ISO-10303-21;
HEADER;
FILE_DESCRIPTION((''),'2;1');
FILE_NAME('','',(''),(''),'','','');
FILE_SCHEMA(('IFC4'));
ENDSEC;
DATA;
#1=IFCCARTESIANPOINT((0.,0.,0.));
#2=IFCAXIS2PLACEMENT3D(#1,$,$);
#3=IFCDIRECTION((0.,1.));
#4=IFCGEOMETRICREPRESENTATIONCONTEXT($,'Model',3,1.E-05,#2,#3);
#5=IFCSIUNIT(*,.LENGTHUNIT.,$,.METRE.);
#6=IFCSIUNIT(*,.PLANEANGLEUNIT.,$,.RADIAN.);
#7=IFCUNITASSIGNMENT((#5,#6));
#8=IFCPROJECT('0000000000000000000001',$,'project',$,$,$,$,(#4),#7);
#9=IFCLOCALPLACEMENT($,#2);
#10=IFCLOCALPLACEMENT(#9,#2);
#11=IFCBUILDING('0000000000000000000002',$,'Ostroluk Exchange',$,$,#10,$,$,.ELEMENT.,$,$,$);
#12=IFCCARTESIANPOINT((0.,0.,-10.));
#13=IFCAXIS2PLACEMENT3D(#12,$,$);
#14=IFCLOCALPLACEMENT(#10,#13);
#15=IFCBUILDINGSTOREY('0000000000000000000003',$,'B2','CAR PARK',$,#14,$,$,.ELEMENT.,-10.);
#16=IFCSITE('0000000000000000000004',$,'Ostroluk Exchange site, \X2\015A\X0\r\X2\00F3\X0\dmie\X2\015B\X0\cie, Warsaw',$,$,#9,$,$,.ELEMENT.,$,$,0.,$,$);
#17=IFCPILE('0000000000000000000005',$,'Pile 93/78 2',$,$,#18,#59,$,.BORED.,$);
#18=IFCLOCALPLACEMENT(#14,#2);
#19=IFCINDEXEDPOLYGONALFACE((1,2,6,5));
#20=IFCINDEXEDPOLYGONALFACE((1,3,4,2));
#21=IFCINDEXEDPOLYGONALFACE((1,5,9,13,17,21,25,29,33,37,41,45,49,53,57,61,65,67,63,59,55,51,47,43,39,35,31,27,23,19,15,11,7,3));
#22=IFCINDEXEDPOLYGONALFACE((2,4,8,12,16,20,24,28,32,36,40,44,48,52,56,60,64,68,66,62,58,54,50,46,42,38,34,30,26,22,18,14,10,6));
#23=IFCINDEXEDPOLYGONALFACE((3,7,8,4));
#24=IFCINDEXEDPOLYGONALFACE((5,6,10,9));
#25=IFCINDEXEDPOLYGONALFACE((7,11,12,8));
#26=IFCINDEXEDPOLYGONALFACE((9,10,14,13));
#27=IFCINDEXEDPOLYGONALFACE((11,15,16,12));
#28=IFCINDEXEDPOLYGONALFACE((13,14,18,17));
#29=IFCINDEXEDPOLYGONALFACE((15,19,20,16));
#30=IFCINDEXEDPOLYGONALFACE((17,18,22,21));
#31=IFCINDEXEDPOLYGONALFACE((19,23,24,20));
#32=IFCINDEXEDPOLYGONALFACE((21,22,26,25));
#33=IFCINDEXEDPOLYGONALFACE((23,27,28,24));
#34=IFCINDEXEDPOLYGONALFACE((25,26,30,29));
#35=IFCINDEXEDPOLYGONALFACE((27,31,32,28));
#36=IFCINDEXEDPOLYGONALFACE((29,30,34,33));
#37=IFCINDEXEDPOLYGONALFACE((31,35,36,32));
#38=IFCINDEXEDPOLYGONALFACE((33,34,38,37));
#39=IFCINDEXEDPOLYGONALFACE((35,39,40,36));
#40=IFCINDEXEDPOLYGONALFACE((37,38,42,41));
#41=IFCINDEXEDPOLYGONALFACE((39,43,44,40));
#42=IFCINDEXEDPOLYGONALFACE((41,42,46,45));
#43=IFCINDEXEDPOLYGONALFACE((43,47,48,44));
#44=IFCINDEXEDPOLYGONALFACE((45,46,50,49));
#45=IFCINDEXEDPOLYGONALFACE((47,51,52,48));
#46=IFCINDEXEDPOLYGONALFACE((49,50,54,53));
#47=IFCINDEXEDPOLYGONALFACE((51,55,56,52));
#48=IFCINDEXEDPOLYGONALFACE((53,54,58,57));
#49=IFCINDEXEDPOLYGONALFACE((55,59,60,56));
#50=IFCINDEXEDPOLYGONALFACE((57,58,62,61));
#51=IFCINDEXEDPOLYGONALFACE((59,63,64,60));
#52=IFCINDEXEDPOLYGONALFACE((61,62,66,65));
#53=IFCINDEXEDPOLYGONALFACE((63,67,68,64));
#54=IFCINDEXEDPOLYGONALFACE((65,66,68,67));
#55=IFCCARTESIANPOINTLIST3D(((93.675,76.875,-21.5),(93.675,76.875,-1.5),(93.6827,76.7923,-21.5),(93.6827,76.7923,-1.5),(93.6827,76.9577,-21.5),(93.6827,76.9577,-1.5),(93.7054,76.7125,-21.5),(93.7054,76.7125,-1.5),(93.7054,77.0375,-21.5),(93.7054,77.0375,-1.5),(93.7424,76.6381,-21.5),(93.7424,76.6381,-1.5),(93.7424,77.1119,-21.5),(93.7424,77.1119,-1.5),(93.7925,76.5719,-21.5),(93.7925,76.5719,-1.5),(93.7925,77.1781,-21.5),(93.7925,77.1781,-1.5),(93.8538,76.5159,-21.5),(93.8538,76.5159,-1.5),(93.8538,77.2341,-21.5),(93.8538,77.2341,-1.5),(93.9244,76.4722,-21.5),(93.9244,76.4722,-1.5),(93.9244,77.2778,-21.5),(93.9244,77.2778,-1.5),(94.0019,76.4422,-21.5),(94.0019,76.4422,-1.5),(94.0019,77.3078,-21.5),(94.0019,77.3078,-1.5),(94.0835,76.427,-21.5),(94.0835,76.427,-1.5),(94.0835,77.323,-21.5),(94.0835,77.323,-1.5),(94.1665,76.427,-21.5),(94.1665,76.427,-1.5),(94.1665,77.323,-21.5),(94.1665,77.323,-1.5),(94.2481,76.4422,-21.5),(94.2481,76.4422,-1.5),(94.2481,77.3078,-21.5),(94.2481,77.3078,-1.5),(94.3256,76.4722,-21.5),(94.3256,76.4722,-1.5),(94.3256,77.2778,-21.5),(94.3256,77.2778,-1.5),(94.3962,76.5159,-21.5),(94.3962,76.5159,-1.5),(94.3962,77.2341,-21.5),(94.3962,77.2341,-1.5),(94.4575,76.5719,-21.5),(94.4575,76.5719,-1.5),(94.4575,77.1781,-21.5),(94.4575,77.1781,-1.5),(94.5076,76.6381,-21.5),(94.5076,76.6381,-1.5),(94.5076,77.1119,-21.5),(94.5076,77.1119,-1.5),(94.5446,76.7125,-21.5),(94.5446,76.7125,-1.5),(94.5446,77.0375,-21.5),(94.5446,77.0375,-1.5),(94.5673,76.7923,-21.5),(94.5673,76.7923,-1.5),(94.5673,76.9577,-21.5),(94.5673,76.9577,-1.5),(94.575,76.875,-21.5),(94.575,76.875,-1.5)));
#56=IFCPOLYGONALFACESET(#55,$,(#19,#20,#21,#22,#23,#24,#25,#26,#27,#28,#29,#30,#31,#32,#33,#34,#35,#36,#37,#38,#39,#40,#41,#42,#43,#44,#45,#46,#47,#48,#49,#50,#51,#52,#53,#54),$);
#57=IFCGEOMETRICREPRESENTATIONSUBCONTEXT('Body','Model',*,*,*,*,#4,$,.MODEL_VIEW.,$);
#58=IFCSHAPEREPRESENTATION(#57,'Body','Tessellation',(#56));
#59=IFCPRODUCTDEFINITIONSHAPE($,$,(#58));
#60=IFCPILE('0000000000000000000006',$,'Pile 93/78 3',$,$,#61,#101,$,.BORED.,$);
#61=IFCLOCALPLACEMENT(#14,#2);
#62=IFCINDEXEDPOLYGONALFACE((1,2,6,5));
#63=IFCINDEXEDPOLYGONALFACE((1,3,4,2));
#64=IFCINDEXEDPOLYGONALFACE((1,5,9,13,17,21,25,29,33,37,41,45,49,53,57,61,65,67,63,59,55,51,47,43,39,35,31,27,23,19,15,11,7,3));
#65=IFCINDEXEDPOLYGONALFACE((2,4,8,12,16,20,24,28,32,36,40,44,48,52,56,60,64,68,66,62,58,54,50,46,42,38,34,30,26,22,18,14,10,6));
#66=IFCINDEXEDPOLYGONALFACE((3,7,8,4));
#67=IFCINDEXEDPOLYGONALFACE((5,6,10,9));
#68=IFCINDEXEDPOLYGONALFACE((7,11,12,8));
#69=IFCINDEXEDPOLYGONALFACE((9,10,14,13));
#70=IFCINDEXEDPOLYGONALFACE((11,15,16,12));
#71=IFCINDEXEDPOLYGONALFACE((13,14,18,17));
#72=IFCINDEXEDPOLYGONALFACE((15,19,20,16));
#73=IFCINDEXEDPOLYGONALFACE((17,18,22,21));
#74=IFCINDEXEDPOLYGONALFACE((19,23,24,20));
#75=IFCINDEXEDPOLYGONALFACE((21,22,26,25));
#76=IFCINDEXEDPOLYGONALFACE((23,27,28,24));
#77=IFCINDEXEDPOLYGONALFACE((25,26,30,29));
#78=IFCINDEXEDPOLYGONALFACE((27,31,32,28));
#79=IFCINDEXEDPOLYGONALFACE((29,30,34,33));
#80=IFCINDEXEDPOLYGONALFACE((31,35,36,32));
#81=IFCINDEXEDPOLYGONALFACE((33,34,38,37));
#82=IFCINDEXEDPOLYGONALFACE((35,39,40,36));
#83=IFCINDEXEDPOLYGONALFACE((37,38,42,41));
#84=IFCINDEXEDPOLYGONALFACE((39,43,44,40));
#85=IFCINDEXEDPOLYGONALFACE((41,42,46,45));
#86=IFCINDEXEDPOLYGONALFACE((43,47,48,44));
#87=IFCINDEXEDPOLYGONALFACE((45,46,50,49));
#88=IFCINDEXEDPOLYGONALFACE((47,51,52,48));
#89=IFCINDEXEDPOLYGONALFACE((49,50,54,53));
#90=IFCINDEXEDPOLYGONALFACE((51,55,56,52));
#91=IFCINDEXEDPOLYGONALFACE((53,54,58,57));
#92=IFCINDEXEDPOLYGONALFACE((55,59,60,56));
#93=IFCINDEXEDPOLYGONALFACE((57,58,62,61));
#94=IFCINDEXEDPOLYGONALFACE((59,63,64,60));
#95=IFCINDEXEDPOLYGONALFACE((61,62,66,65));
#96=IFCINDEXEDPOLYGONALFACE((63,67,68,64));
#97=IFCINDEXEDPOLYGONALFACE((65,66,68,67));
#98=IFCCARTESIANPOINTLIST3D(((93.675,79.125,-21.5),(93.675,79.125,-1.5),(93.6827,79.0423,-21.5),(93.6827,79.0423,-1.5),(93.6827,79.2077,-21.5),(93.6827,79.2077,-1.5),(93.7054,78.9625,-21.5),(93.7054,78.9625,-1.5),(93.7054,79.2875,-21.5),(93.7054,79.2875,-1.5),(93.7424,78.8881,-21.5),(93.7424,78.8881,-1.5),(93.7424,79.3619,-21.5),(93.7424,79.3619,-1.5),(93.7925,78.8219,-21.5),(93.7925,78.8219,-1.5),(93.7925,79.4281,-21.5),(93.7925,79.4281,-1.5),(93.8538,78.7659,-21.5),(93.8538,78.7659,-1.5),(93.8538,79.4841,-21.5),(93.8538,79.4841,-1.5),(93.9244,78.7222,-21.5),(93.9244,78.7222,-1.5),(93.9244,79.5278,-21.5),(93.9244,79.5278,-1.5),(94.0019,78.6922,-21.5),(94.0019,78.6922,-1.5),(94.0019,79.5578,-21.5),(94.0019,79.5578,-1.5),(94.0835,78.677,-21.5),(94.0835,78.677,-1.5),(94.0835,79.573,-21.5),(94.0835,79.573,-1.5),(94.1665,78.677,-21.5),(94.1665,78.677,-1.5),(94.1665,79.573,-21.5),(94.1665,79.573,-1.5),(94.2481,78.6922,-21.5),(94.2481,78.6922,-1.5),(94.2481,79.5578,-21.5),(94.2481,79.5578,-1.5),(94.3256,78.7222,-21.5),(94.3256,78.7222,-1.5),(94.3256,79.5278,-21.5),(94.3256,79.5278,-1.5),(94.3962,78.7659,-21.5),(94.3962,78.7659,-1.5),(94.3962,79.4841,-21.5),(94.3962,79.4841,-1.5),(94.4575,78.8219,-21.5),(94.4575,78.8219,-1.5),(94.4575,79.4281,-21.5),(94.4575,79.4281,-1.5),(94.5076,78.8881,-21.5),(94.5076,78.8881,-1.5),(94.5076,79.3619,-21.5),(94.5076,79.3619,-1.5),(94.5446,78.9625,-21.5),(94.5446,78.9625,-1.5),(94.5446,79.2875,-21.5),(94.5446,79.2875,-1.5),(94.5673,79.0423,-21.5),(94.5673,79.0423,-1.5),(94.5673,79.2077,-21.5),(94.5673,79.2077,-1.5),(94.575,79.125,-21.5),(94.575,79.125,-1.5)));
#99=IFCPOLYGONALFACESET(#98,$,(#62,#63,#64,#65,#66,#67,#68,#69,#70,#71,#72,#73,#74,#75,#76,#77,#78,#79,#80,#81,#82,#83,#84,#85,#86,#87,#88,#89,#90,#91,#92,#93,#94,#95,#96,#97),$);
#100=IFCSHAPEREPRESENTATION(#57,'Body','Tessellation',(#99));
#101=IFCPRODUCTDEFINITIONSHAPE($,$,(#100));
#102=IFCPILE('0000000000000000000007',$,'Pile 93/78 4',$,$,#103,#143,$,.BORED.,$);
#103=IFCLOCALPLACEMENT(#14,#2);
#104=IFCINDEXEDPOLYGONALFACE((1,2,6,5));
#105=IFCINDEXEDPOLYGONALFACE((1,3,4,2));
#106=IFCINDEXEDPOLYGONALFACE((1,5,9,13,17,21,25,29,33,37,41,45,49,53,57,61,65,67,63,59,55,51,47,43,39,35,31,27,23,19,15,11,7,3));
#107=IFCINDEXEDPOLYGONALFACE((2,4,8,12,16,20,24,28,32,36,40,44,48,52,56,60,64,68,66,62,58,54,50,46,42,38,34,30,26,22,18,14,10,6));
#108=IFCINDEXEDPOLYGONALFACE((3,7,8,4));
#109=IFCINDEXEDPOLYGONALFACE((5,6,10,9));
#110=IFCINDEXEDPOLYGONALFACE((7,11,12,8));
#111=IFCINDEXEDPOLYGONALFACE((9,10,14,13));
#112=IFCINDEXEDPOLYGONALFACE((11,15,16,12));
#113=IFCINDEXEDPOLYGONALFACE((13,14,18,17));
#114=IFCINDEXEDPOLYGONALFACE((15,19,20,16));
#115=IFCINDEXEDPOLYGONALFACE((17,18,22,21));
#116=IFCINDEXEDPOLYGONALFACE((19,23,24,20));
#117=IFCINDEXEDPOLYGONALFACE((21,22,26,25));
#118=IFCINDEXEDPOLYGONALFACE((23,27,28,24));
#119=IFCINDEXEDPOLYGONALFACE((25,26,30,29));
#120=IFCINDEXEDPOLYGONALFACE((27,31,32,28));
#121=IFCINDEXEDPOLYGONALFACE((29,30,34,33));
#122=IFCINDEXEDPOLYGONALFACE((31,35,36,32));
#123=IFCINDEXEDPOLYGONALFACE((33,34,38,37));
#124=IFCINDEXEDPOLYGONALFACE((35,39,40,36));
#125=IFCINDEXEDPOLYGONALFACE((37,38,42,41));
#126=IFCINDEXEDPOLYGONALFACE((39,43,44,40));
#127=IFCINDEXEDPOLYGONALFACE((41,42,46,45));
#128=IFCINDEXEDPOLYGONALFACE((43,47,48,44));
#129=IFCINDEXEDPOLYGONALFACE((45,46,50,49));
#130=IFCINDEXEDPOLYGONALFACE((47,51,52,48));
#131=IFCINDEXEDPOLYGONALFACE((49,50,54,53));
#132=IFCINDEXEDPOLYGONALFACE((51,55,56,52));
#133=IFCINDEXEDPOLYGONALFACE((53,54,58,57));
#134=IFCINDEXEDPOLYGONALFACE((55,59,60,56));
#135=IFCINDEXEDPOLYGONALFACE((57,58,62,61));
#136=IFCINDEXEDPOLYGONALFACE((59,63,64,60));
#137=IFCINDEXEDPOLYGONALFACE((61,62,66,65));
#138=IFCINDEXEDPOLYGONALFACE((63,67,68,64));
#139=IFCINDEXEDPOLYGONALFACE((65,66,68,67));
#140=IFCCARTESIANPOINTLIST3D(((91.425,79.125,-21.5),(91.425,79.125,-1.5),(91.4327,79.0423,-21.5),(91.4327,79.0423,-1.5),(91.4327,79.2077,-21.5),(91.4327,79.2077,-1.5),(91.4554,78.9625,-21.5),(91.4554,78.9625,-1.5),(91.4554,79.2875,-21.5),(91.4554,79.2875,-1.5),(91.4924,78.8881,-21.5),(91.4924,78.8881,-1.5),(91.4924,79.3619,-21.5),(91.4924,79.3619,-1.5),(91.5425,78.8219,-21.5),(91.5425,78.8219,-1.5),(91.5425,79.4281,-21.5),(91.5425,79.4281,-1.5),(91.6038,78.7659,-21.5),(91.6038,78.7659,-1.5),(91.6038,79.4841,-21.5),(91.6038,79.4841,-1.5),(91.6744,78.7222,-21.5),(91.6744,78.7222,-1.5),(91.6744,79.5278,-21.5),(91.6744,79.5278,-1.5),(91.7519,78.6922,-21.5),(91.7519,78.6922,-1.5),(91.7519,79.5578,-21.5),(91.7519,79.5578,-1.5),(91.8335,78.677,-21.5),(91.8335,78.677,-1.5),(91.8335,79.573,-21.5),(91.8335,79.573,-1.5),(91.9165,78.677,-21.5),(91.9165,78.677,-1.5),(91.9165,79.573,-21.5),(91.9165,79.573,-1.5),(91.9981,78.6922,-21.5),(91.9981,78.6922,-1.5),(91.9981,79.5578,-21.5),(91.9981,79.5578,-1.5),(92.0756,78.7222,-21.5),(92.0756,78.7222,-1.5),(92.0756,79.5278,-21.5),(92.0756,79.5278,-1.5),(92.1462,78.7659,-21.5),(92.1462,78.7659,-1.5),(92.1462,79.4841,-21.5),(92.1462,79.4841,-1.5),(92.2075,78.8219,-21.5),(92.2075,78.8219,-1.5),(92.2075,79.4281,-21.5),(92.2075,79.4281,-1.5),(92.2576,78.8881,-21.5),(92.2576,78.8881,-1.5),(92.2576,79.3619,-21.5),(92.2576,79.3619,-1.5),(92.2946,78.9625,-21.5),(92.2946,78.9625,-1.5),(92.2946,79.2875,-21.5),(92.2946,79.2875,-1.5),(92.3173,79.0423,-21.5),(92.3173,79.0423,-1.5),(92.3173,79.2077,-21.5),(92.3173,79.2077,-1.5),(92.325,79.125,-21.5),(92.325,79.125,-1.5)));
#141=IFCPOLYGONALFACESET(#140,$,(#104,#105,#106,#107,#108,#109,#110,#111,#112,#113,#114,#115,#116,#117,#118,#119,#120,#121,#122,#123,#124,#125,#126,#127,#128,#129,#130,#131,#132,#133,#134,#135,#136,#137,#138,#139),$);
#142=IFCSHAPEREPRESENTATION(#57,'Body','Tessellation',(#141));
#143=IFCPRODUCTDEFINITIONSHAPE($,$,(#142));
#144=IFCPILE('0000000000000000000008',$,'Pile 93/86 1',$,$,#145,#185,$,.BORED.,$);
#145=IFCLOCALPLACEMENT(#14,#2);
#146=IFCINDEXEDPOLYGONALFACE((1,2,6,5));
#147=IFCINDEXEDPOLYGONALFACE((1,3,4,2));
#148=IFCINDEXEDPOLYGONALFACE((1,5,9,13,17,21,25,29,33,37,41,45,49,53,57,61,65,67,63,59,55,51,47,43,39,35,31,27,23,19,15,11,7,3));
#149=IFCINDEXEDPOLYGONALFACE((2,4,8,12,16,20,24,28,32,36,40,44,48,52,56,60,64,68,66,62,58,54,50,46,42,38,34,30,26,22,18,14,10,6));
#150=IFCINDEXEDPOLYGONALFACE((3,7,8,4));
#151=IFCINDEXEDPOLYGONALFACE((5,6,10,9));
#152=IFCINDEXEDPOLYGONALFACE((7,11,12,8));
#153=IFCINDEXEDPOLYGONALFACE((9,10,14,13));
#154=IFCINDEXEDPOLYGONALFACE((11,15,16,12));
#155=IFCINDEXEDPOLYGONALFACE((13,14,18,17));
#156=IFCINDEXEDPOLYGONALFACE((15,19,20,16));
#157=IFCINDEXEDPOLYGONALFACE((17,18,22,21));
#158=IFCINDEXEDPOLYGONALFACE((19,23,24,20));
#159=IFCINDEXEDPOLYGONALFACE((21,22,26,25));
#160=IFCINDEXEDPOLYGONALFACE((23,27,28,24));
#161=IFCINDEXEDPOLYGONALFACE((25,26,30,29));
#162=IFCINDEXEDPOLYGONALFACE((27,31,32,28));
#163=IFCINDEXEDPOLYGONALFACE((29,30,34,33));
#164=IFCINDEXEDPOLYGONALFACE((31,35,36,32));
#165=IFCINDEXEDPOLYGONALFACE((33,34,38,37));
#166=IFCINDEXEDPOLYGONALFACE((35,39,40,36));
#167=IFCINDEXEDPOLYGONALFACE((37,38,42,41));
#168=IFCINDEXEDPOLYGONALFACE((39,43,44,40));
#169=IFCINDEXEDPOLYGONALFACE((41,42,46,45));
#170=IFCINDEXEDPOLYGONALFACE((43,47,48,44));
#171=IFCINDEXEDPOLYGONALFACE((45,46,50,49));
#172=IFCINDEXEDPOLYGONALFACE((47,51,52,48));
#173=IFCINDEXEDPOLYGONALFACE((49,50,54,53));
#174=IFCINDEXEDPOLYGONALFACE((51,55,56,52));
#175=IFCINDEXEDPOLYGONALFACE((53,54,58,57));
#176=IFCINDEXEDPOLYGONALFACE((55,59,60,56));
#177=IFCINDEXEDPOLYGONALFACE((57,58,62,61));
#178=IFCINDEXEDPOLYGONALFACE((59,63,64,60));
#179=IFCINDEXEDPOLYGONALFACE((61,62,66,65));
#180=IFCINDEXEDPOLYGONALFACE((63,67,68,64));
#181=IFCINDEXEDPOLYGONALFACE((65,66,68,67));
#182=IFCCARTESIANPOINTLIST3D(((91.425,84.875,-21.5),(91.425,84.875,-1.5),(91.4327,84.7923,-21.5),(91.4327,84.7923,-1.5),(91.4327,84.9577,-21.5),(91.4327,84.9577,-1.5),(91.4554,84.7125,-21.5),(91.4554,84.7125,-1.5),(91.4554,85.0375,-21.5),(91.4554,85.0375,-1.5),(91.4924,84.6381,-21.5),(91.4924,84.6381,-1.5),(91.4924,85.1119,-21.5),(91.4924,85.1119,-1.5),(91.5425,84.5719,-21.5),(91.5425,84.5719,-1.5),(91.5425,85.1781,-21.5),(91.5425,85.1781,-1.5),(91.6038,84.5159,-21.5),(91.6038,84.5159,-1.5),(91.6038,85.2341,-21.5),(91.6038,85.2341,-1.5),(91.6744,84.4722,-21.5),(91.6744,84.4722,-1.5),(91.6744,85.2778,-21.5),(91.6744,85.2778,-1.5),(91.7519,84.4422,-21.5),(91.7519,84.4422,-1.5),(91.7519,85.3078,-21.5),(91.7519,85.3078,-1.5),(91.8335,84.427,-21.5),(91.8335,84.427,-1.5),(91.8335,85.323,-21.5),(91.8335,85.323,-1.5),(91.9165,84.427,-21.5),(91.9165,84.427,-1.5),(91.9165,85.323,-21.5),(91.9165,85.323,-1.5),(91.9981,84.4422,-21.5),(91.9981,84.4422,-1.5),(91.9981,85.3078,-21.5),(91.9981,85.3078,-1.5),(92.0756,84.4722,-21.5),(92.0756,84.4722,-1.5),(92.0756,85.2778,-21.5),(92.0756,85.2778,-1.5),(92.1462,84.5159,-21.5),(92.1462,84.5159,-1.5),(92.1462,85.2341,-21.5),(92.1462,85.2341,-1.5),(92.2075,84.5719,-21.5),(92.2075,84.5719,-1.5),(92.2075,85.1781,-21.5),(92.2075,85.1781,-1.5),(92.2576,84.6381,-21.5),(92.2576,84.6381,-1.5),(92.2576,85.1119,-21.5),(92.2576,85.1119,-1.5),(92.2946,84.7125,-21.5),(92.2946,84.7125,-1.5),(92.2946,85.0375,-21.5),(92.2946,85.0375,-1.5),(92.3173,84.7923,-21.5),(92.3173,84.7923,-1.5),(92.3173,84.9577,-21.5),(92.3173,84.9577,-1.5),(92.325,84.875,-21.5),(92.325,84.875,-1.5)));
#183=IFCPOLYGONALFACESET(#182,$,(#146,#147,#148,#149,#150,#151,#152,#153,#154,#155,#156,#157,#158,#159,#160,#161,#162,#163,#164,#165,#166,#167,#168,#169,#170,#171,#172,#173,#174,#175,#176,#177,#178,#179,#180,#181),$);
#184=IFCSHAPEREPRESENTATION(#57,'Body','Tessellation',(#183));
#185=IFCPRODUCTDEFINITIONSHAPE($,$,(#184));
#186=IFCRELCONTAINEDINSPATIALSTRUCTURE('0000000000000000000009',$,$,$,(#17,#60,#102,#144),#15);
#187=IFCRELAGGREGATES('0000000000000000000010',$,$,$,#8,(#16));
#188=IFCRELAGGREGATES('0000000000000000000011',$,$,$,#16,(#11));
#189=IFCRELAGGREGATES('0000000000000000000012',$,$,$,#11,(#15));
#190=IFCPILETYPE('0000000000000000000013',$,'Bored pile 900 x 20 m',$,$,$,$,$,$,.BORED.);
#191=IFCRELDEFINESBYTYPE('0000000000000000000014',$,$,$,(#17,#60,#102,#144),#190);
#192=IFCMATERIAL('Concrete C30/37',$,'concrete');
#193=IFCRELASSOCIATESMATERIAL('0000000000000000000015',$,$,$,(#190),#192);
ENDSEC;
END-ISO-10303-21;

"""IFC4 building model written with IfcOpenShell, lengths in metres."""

from ifc_helpers import new_model, si_unit, direction, frame, origin, origin_2d, place, context, subcontext, project, spatial, circle, extrude, material, type_object, element, save


model = new_model("IFC4")

# Units and contexts
model_context = context("Model", 3, precision=1e-05, world=origin(), true_north=direction((0.0, 1.0)))
body_context = subcontext(model_context, "Body", "Model", "MODEL_VIEW")
ifc_project = project(units=[si_unit("LENGTHUNIT", "METRE"), si_unit("PLANEANGLEUNIT", "RADIAN")], contexts=[model_context])

# Site, building, storey
site_placement = place(None, origin())
site = spatial("IfcSite", under=ifc_project, at=site_placement, Name="Ostroluk Exchange site, Śródmieście, Warsaw", CompositionType="ELEMENT", RefElevation=0.0)
building_placement = place(site_placement, origin())
building = spatial("IfcBuilding", under=site, at=building_placement, Name="Ostroluk Exchange", CompositionType="ELEMENT")
storey_placement = place(building_placement, frame((0.0, 0.0, -10.0)))
storey = spatial("IfcBuildingStorey", under=building, at=storey_placement, Name="B2", Description="CAR PARK", CompositionType="ELEMENT", Elevation=-10.0)

# Piles
ifc_material_1 = material(Name="Concrete C30/37", Category="concrete")
pile_type = type_object("IfcPileType", Name="Bored pile 900 x 20 m", PredefinedType="BORED", material=ifc_material_1)
for number, where, z_axis, x_axis, name in (
    (1, (94.125, 76.875, -1.5), (0.0, 0.0, -1.0), (1.0, 0.0, 0.0), "Pile 93/78 2"),
    (2, (94.125, 79.125, -1.5), (0.0, 0.0, -1.0), (1.0, 0.0, 0.0), "Pile 93/78 3"),
    (3, (91.875, 79.125, -1.5), (0.0, 0.0, -1.0), (1.0, 0.0, 0.0), "Pile 93/78 4"),
    (4, (91.875, 84.875, -1.5), (0.0, 0.0, -1.0), (1.0, 0.0, 0.0), "Pile 93/86 1"),
):
    element("IfcPile", number, at=place(storey_placement, frame(where, z_axis=z_axis, x_axis=x_axis)), inside=storey, type_object=pile_type, Name=name, PredefinedType="BORED", context=body_context, shape_type="SweptSolid", body=[
        extrude(circle(Radius=0.45, at=origin_2d()), origin(), (0.0, 0.0, 1.0), 20.0),
    ])

save(model, "model.ifc")
